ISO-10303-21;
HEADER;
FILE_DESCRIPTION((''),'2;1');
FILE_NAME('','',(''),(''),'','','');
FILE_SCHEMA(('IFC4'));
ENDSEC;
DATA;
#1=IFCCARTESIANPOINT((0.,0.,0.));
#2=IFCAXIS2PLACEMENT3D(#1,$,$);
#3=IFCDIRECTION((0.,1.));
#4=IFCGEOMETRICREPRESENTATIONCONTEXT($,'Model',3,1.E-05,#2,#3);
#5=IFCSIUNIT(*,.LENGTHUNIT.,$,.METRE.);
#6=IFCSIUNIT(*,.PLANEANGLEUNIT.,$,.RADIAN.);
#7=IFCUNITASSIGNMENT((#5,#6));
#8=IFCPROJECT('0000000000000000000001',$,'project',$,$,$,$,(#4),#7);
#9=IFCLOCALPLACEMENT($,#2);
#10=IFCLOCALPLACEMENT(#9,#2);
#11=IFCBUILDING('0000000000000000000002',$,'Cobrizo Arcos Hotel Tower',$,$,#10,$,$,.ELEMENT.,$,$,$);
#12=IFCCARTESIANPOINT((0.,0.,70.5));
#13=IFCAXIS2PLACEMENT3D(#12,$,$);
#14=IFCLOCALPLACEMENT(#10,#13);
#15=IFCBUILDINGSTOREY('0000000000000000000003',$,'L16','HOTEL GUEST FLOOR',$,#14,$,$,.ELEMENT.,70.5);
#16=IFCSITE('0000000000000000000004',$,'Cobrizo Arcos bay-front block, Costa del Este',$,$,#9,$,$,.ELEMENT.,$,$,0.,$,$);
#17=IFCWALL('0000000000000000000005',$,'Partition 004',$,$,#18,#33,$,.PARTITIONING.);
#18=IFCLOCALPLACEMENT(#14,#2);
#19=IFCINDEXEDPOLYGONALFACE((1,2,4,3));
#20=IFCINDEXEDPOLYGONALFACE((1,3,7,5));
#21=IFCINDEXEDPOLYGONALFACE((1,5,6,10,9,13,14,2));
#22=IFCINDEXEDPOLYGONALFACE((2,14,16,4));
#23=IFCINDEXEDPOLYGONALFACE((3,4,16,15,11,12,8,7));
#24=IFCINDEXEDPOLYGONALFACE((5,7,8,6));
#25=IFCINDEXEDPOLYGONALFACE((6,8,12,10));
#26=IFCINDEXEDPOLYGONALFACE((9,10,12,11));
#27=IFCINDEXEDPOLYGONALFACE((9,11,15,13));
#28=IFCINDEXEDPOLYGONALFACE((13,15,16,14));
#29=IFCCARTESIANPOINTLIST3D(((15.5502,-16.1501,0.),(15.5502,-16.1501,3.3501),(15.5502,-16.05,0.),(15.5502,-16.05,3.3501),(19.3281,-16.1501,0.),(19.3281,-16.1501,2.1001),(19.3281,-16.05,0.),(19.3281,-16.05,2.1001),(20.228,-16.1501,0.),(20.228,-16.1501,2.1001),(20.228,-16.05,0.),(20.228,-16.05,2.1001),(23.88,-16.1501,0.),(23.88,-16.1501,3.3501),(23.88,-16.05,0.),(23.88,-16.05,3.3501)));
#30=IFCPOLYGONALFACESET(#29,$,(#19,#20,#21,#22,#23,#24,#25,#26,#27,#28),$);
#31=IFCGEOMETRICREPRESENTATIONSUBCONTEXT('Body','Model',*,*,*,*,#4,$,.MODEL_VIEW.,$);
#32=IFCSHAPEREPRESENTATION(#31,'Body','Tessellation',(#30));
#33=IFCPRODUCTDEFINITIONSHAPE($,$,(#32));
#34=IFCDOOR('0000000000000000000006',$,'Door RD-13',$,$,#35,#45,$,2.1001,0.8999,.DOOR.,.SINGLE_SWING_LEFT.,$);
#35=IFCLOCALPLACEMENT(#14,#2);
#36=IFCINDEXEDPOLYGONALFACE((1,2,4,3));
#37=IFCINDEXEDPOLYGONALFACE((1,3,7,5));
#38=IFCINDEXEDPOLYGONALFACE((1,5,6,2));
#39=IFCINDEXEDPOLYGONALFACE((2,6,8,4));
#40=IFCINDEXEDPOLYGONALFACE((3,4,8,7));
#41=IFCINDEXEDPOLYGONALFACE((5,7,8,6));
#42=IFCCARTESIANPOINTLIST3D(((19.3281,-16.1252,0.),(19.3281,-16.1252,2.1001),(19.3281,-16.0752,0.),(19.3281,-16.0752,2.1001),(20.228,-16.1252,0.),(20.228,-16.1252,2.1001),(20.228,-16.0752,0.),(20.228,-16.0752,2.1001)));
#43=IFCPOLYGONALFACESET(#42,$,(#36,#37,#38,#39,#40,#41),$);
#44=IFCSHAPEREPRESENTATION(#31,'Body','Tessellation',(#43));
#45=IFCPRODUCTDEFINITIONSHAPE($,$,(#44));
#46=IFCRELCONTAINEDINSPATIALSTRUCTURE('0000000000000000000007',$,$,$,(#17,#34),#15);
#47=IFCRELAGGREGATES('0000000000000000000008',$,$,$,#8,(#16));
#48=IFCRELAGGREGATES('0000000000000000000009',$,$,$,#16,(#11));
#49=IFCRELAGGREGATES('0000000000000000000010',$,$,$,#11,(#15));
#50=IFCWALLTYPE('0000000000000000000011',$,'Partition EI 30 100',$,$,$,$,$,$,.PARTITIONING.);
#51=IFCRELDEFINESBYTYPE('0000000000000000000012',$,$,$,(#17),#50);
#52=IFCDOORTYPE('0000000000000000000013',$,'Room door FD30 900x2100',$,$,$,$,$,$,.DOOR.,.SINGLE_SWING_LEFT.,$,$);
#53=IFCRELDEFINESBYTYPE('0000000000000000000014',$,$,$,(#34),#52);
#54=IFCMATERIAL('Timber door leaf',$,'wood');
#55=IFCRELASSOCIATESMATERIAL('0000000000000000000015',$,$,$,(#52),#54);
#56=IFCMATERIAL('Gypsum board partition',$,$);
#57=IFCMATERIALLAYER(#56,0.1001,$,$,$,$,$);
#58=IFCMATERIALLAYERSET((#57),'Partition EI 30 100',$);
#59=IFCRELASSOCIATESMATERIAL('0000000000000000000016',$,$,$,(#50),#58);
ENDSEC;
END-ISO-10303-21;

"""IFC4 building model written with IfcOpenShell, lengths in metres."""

from ifc_helpers import new_model, si_unit, direction, frame, frame_2d, origin, place, context, subcontext, project, spatial, rectangle, extrude, material, layer, layer_set, type_object, element, fill, save


model = new_model("IFC4")

# Units and contexts
model_context = context("Model", 3, precision=1e-05, world=origin(), true_north=direction((0.0, 1.0)))
body_context = subcontext(model_context, "Body", "Model", "MODEL_VIEW")
ifc_project = project(units=[si_unit("LENGTHUNIT", "METRE"), si_unit("PLANEANGLEUNIT", "RADIAN")], contexts=[model_context])

# Site, building, storey
site_placement = place(None, origin())
site = spatial("IfcSite", under=ifc_project, at=site_placement, Name="Cobrizo Arcos bay-front block, Costa del Este", CompositionType="ELEMENT", RefElevation=0.0)
building_placement = place(site_placement, origin())
building = spatial("IfcBuilding", under=site, at=building_placement, Name="Cobrizo Arcos Hotel Tower", CompositionType="ELEMENT")
storey_placement = place(building_placement, frame((0.0, 0.0, 70.5)))
storey = spatial("IfcBuildingStorey", under=building, at=storey_placement, Name="L16", Description="HOTEL GUEST FLOOR", CompositionType="ELEMENT", Elevation=70.5)

# Shared definitions
ifc_material_1 = material(Name="Gypsum board partition")
ifc_material_2 = material(Name="Timber door leaf", Category="wood")

# Wall, opening, door
door_type_1 = type_object("IfcDoorType", Name="Room door FD30 900x2100", OperationType="SINGLE_SWING_LEFT", PredefinedType="DOOR", material=ifc_material_2)
ifc_layer_1 = layer(ifc_material_1, 0.1001)
ifc_layer_set_1 = layer_set([ifc_layer_1], Name="Partition EI 30 100")
wall_type_1 = type_object("IfcWallType", Name="Partition EI 30 100", PredefinedType="PARTITIONING", material=ifc_layer_set_1)
wall_1_placement = place(storey_placement, frame((15.55, -16.1001, 0.0), z_axis=(0.0, 0.0, 1.0), x_axis=(1.0, 0.0, 0.0)))
wall_1 = element("IfcWall", 1, at=wall_1_placement, inside=storey, type_object=wall_type_1, Name="Partition 004", PredefinedType="PARTITIONING", context=body_context, shape_type="SweptSolid", body=[
    extrude(rectangle(XDim=8.3298, YDim=0.1001, at=frame_2d((4.165, 0.0))), origin(), (0.0, 0.0, 1.0), 3.3501),
])
opening_1_placement = place(wall_1_placement, frame((3.7781, 0.0, 0.0)))
opening_1 = element("IfcOpeningElement", 2, at=opening_1_placement, cuts=wall_1, PredefinedType="OPENING", context=body_context, shape_type="SweptSolid", body=[
    extrude(rectangle(XDim=0.8999, YDim=2.1001, at=frame_2d((0.45, 1.05))), frame((0.0, 0.062, 0.0), z_axis=(0.0, -1.0, 0.0), x_axis=(1.0, 0.0, 0.0)), (0.0, 0.0, 1.0), 0.124),
])
door_1_placement = place(opening_1_placement, origin())
door_1 = element("IfcDoor", 3, at=door_1_placement, inside=storey, type_object=door_type_1, Name="Door RD-13", OperationType="SINGLE_SWING_LEFT", OverallHeight=2.1001, OverallWidth=0.8999, PredefinedType="DOOR", context=body_context, shape_type="SweptSolid", body=[
    extrude(rectangle(XDim=0.8999, YDim=2.1001, at=frame_2d((0.45, 1.05))), frame((0.0, 0.0249, 0.0), z_axis=(0.0, -1.0, 0.0), x_axis=(1.0, 0.0, 0.0)), (0.0, 0.0, 1.0), 0.05),
])
fill(opening_1, door_1)

save(model, "model.ifc")
